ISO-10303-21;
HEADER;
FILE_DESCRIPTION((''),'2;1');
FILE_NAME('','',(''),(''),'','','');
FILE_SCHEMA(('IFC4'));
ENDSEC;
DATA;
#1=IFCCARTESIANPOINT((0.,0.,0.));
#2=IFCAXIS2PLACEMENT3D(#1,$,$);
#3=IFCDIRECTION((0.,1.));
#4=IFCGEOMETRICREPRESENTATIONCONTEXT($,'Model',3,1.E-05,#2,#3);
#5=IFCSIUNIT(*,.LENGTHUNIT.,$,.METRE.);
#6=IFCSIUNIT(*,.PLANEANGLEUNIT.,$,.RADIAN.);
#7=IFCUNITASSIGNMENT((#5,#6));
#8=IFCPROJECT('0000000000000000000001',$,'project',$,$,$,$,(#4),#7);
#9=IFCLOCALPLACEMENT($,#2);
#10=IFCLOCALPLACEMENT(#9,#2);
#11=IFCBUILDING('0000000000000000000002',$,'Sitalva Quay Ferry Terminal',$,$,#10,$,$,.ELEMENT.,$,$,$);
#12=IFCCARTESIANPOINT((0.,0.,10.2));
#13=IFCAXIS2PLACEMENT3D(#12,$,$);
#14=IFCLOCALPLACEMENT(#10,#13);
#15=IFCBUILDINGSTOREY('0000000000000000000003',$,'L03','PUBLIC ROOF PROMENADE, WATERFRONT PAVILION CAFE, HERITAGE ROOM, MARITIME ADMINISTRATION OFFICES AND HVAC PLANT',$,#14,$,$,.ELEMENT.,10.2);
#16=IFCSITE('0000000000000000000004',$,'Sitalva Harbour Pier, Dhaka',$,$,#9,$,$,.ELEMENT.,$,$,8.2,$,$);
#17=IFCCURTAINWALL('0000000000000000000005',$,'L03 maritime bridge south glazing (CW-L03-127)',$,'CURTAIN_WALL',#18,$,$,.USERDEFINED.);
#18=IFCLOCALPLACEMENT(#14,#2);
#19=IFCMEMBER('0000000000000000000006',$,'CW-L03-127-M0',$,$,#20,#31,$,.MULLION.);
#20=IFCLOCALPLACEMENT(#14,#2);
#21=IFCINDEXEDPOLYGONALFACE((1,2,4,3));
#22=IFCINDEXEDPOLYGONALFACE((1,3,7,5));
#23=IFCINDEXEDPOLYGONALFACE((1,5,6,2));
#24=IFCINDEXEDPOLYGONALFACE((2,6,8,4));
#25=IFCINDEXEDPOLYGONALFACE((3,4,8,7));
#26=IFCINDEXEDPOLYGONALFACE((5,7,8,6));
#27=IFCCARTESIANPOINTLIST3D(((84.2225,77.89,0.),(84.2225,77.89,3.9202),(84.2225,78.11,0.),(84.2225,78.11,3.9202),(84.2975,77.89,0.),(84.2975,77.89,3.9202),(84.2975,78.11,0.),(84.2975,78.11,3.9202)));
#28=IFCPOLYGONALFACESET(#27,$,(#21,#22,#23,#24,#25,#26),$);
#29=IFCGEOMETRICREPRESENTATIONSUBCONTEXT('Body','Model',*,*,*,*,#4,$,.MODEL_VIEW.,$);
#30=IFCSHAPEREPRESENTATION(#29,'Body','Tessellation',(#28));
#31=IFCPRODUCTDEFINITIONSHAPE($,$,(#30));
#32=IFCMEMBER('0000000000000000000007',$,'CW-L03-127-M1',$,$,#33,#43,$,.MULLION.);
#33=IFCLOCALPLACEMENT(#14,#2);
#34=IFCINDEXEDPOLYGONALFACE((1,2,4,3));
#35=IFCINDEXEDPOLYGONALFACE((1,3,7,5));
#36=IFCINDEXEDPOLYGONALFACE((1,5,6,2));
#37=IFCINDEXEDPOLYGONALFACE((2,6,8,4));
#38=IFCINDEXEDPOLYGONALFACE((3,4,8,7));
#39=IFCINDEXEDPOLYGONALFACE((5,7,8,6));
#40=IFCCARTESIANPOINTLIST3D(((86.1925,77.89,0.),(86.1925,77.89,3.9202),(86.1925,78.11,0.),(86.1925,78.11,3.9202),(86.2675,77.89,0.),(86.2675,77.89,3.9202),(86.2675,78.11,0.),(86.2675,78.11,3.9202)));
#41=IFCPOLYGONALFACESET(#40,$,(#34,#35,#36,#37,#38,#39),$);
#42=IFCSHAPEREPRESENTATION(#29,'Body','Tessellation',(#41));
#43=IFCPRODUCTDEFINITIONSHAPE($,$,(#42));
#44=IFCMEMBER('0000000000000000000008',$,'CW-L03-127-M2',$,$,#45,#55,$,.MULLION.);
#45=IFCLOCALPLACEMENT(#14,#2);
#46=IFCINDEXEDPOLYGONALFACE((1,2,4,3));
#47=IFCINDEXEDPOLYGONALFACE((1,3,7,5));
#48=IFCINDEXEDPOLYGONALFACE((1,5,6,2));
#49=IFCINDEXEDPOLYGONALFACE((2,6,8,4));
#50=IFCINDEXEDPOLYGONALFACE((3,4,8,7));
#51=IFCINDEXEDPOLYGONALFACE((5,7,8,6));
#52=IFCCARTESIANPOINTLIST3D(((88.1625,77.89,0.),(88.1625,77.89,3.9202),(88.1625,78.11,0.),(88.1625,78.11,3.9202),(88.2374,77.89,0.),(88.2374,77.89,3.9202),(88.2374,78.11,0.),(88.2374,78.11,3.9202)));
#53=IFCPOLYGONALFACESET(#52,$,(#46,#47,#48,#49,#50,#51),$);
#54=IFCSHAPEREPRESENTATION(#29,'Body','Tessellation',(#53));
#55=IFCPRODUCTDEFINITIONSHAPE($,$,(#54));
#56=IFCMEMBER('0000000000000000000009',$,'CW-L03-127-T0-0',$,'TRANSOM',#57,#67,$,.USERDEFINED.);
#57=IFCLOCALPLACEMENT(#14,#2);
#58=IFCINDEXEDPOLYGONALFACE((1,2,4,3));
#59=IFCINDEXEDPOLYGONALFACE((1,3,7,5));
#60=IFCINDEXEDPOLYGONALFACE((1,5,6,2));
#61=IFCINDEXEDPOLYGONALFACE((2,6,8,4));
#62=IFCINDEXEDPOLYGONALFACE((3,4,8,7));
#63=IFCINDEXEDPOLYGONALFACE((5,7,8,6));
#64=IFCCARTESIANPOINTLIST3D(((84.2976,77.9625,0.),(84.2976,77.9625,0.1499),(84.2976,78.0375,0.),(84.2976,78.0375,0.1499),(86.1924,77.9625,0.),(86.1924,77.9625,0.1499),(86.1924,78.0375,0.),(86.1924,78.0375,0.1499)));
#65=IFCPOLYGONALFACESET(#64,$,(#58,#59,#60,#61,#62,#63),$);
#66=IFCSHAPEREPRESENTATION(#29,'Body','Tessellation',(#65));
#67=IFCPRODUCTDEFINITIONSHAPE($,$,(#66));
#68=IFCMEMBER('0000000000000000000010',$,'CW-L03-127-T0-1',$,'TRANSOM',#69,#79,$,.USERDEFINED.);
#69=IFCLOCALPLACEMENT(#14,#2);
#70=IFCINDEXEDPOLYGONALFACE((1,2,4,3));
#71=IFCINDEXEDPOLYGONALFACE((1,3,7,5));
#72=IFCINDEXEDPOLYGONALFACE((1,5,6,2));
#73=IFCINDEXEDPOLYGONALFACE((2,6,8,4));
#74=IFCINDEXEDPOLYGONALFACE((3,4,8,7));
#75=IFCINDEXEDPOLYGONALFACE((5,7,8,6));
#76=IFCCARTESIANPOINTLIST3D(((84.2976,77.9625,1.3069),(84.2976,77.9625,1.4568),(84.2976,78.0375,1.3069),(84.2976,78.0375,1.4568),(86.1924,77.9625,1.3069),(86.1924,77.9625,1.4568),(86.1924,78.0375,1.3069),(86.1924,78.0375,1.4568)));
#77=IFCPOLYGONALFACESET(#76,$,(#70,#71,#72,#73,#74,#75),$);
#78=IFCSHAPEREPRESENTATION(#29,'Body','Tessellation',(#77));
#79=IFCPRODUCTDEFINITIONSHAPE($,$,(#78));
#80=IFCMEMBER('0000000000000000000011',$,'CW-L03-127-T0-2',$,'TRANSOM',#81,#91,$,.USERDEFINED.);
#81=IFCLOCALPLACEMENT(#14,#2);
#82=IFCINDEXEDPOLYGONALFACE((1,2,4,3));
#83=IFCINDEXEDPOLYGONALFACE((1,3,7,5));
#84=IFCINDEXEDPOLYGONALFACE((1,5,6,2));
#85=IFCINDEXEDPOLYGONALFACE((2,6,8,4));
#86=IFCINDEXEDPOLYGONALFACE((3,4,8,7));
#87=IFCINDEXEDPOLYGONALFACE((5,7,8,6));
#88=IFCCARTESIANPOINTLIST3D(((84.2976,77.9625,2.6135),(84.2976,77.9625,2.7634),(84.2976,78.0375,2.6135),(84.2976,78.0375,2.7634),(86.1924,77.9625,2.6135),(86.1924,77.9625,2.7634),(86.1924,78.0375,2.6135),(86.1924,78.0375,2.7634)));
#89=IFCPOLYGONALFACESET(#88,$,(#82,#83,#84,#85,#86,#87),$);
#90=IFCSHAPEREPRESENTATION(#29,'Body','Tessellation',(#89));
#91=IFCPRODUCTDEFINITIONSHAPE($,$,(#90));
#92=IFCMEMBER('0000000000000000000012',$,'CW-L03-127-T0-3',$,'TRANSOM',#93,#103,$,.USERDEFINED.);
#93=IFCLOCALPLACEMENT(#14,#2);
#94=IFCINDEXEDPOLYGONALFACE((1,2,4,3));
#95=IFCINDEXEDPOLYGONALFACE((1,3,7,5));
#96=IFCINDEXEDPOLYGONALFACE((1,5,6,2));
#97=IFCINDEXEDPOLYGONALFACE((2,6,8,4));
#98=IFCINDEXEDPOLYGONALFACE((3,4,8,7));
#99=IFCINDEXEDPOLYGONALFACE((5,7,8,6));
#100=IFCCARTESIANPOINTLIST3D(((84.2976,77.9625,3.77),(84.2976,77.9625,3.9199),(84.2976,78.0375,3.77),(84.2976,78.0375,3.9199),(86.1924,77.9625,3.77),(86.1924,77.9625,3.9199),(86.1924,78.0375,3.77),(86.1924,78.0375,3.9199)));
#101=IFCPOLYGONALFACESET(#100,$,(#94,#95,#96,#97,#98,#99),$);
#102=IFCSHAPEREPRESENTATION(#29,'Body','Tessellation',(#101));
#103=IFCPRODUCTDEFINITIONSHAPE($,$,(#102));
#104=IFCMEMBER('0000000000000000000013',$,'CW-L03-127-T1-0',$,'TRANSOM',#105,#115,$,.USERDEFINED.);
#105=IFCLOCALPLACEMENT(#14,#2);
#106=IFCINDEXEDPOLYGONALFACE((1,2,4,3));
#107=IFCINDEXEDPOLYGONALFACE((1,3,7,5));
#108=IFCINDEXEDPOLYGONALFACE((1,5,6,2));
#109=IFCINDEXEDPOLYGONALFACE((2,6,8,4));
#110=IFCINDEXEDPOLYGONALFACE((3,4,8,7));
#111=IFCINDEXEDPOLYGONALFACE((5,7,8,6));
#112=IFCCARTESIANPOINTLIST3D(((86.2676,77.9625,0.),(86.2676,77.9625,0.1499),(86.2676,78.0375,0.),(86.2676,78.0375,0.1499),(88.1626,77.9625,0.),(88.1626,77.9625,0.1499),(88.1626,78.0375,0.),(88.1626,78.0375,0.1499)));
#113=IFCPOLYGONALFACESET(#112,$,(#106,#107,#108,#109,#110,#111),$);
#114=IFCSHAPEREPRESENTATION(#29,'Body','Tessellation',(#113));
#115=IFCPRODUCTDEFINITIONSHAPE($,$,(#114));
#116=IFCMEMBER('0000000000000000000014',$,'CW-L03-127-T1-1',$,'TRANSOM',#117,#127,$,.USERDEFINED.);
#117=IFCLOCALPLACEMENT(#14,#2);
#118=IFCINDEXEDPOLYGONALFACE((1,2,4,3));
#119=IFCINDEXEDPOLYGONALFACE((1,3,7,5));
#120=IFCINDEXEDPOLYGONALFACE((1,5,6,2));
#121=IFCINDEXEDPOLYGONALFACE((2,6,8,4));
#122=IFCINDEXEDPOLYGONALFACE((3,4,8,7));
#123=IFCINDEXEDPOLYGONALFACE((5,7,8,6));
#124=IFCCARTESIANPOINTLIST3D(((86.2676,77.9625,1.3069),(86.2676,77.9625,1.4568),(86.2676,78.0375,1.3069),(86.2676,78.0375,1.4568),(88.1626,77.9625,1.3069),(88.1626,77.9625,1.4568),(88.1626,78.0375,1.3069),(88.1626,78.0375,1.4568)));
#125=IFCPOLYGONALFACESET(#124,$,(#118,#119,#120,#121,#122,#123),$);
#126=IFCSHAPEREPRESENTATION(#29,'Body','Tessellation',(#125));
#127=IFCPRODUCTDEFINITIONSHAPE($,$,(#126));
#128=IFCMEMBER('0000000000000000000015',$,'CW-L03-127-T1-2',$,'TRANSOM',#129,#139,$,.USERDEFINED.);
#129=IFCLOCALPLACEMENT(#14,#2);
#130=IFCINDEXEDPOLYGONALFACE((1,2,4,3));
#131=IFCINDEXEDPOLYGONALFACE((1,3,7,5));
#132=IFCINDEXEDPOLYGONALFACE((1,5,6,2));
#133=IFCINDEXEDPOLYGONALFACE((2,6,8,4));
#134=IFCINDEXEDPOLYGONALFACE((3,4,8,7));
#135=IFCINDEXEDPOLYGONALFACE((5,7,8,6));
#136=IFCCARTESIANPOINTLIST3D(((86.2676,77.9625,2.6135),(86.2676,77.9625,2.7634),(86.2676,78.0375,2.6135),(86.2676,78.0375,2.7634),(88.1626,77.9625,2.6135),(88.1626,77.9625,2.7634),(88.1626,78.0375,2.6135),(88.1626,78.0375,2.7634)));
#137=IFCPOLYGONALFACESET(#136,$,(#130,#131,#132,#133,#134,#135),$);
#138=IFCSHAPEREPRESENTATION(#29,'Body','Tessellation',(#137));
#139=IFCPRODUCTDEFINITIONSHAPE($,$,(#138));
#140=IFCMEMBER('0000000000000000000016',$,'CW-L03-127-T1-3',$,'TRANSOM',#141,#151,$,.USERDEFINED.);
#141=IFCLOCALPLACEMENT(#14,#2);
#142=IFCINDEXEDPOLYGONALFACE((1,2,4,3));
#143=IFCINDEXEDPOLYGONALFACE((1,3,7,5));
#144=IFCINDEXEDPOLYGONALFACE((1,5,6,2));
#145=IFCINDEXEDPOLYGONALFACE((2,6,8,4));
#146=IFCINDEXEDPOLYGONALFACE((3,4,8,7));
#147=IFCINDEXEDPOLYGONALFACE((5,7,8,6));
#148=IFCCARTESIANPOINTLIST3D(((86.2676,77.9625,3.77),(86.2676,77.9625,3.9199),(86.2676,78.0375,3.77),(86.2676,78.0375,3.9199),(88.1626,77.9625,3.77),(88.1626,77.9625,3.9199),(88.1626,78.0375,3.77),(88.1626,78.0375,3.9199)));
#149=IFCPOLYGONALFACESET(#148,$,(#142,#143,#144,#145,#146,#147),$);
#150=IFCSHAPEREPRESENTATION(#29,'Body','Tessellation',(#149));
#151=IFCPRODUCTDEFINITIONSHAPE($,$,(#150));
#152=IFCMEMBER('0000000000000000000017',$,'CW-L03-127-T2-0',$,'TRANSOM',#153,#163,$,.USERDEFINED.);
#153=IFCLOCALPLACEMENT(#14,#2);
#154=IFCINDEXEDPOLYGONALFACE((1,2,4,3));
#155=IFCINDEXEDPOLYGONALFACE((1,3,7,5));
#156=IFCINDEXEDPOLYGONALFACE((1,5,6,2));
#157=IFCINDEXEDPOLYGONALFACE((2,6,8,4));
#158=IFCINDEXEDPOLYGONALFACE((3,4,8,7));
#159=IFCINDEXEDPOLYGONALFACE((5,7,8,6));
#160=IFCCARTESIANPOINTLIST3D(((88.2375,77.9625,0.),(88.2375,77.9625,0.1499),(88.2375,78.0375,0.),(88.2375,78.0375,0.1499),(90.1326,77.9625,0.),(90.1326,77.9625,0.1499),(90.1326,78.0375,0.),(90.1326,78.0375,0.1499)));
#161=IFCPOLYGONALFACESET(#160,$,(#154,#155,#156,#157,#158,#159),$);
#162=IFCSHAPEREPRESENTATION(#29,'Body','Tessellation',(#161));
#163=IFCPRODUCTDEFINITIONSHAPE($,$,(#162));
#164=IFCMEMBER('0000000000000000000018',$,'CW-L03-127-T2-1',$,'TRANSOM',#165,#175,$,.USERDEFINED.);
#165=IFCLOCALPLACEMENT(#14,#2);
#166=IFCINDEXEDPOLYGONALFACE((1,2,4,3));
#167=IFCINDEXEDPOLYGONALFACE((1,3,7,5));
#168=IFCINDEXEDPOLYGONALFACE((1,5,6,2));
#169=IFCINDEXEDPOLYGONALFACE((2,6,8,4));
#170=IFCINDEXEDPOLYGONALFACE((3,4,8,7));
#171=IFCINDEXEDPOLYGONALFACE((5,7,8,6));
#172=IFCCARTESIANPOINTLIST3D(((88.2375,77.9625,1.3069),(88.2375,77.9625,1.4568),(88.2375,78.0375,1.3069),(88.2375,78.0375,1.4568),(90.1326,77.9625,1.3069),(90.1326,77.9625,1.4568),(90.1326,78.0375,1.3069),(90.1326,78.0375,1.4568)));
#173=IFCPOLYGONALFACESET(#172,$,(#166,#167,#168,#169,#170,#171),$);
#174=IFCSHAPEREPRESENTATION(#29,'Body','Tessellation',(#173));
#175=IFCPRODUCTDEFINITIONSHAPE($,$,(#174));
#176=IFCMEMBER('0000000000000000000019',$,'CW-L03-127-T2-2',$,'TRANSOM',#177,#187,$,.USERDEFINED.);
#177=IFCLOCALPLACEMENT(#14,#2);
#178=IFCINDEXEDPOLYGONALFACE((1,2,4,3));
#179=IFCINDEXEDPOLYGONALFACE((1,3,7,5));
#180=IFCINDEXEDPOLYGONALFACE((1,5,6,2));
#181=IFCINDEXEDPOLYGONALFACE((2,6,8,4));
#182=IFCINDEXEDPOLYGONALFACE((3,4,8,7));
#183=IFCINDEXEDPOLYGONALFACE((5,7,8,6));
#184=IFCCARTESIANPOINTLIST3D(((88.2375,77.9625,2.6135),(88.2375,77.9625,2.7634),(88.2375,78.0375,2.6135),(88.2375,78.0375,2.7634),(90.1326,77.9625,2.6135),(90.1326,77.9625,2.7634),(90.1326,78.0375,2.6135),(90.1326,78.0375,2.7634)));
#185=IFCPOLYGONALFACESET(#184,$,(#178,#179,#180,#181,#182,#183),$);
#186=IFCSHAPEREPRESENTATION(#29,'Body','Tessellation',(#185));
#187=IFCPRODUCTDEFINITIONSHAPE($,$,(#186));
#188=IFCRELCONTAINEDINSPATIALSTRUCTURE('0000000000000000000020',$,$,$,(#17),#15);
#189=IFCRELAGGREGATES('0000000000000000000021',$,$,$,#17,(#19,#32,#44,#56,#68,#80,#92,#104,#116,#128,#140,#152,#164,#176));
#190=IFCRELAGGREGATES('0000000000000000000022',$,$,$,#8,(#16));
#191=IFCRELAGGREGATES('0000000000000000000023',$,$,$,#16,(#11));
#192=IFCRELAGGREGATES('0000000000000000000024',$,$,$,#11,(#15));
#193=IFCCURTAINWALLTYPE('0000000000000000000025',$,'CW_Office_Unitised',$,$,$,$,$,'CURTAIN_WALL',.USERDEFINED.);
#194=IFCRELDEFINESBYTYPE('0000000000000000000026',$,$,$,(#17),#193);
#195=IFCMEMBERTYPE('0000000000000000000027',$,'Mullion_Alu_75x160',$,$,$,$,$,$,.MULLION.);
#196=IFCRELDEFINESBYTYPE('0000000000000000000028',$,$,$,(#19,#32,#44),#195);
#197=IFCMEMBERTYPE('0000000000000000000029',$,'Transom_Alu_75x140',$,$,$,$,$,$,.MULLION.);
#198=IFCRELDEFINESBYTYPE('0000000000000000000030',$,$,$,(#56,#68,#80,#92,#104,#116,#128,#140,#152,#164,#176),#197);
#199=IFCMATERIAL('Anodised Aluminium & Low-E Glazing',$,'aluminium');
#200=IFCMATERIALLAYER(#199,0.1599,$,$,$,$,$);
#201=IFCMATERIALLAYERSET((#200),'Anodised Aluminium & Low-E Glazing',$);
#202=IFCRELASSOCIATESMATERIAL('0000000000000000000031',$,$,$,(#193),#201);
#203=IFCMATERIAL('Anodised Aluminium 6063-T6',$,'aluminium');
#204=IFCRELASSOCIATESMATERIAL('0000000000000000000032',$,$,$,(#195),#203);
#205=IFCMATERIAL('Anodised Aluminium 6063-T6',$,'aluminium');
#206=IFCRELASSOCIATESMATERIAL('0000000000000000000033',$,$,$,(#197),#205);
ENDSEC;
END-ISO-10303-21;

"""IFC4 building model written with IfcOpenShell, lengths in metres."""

from ifc_helpers import new_model, si_unit, direction, frame, origin, origin_2d, place, context, subcontext, project, spatial, rectangle, extrude, material, layer, layer_set, material_profile, profile_set, type_object, element, aggregate, save


model = new_model("IFC4")

# Units and contexts
model_context = context("Model", 3, precision=1e-05, world=origin(), true_north=direction((0.0, 1.0)))
body_context = subcontext(model_context, "Body", "Model", "MODEL_VIEW")
ifc_project = project(units=[si_unit("LENGTHUNIT", "METRE"), si_unit("PLANEANGLEUNIT", "RADIAN")], contexts=[model_context])

# Site, building, storey
site_placement = place(None, origin())
site = spatial("IfcSite", under=ifc_project, at=site_placement, Name="Sitalva Harbour Pier, Dhaka", CompositionType="ELEMENT", RefElevation=8.2)
building_placement = place(site_placement, origin())
building = spatial("IfcBuilding", under=site, at=building_placement, Name="Sitalva Quay Ferry Terminal", CompositionType="ELEMENT")
storey_placement = place(building_placement, frame((0.0, 0.0, 10.2)))
storey = spatial("IfcBuildingStorey", under=building, at=storey_placement, Name="L03", Description="PUBLIC ROOF PROMENADE, WATERFRONT PAVILION CAFE, HERITAGE ROOM, MARITIME ADMINISTRATION OFFICES AND HVAC PLANT", CompositionType="ELEMENT", Elevation=10.2)

# Curtain wall, members
ifc_material_1 = material(Name="Anodised Aluminium & Low-E Glazing", Category="aluminium")
ifc_layer_1 = layer(ifc_material_1, 0.1599)
ifc_layer_set_1 = layer_set([ifc_layer_1], Name="Anodised Aluminium & Low-E Glazing")
curtain_wall_type = type_object("IfcCurtainWallType", Name="CW_Office_Unitised", ElementType="CURTAIN_WALL", PredefinedType="USERDEFINED", material=ifc_layer_set_1)
curtain_wall_placement = place(storey_placement, origin())
curtain_wall = element("IfcCurtainWall", 1, at=curtain_wall_placement, inside=storey, type_object=curtain_wall_type, Name="L03 maritime bridge south glazing (CW-L03-127)", ObjectType="CURTAIN_WALL", PredefinedType="USERDEFINED")
ifc_material_2 = material(Name="Anodised Aluminium 6063-T6", Category="aluminium")
ifc_material_profile_1 = material_profile(ifc_material_2, rectangle(XDim=0.075, YDim=0.22, at=origin_2d()), Name="ALU75x220")
ifc_profile_set_1 = profile_set([ifc_material_profile_1], Name="Anodised Aluminium 6063-T6")
member_type_1 = type_object("IfcMemberType", Name="Mullion_Alu_75x160", PredefinedType="MULLION", material=ifc_profile_set_1)
member_1_placement = place(storey_placement, frame((84.26, 78.0, 0.0), z_axis=(0.0, 0.0, 1.0), x_axis=(1.0, 0.0, 0.0)))
member_1 = element("IfcMember", 2, at=member_1_placement, type_object=member_type_1, Name="CW-L03-127-M0", PredefinedType="MULLION", context=body_context, shape_type="SweptSolid", body=[
    extrude(rectangle(XDim=0.075, YDim=0.22, at=origin_2d()), origin(), (0.0, 0.0, 1.0), 3.9202),
])
member_2_placement = place(storey_placement, frame((86.23, 78.0, 0.0), z_axis=(0.0, 0.0, 1.0), x_axis=(1.0, 0.0, 0.0)))
member_2 = element("IfcMember", 3, at=member_2_placement, type_object=member_type_1, Name="CW-L03-127-M1", PredefinedType="MULLION", context=body_context, shape_type="SweptSolid", body=[
    extrude(rectangle(XDim=0.075, YDim=0.22, at=origin_2d()), origin(), (0.0, 0.0, 1.0), 3.9202),
])
member_3_placement = place(storey_placement, frame((88.2, 78.0, 0.0), z_axis=(0.0, 0.0, 1.0), x_axis=(1.0, 0.0, 0.0)))
member_3 = element("IfcMember", 4, at=member_3_placement, type_object=member_type_1, Name="CW-L03-127-M2", PredefinedType="MULLION", context=body_context, shape_type="SweptSolid", body=[
    extrude(rectangle(XDim=0.075, YDim=0.22, at=origin_2d()), origin(), (0.0, 0.0, 1.0), 3.9202),
])
ifc_material_3 = material(Name="Anodised Aluminium 6063-T6", Category="aluminium")
ifc_material_profile_2 = material_profile(ifc_material_3, rectangle(XDim=0.075, YDim=0.1499, at=origin_2d()), Name="ALU75x150")
ifc_profile_set_2 = profile_set([ifc_material_profile_2], Name="Anodised Aluminium 6063-T6")
member_type_2 = type_object("IfcMemberType", Name="Transom_Alu_75x140", PredefinedType="MULLION", material=ifc_profile_set_2)
member_4_placement = place(storey_placement, frame((84.2976, 78.0, 0.075), z_axis=(1.0, 0.0, 0.0), x_axis=(0.0, 1.0, 0.0)))
member_4 = element("IfcMember", 5, at=member_4_placement, type_object=member_type_2, Name="CW-L03-127-T0-0", ObjectType="TRANSOM", PredefinedType="USERDEFINED", context=body_context, shape_type="SweptSolid", body=[
    extrude(rectangle(XDim=0.075, YDim=0.1499, at=origin_2d()), origin(), (0.0, 0.0, 1.0), 1.8948),
])
member_5_placement = place(storey_placement, frame((84.2976, 78.0, 1.3818), z_axis=(1.0, 0.0, 0.0), x_axis=(0.0, 1.0, 0.0)))
member_5 = element("IfcMember", 6, at=member_5_placement, type_object=member_type_2, Name="CW-L03-127-T0-1", ObjectType="TRANSOM", PredefinedType="USERDEFINED", context=body_context, shape_type="SweptSolid", body=[
    extrude(rectangle(XDim=0.075, YDim=0.1499, at=origin_2d()), origin(), (0.0, 0.0, 1.0), 1.8948),
])
member_6_placement = place(storey_placement, frame((84.2976, 78.0, 2.6885), z_axis=(1.0, 0.0, 0.0), x_axis=(0.0, 1.0, 0.0)))
member_6 = element("IfcMember", 7, at=member_6_placement, type_object=member_type_2, Name="CW-L03-127-T0-2", ObjectType="TRANSOM", PredefinedType="USERDEFINED", context=body_context, shape_type="SweptSolid", body=[
    extrude(rectangle(XDim=0.075, YDim=0.1499, at=origin_2d()), origin(), (0.0, 0.0, 1.0), 1.8948),
])
member_7_placement = place(storey_placement, frame((84.2976, 78.0, 3.845), z_axis=(1.0, 0.0, 0.0), x_axis=(0.0, 1.0, 0.0)))
member_7 = element("IfcMember", 8, at=member_7_placement, type_object=member_type_2, Name="CW-L03-127-T0-3", ObjectType="TRANSOM", PredefinedType="USERDEFINED", context=body_context, shape_type="SweptSolid", body=[
    extrude(rectangle(XDim=0.075, YDim=0.1499, at=origin_2d()), origin(), (0.0, 0.0, 1.0), 1.8948),
])
member_8_placement = place(storey_placement, frame((86.2676, 78.0, 0.075), z_axis=(1.0, 0.0, 0.0), x_axis=(0.0, 1.0, 0.0)))
member_8 = element("IfcMember", 9, at=member_8_placement, type_object=member_type_2, Name="CW-L03-127-T1-0", ObjectType="TRANSOM", PredefinedType="USERDEFINED", context=body_context, shape_type="SweptSolid", body=[
    extrude(rectangle(XDim=0.075, YDim=0.1499, at=origin_2d()), origin(), (0.0, 0.0, 1.0), 1.895),
])
member_9_placement = place(storey_placement, frame((86.2676, 78.0, 1.3818), z_axis=(1.0, 0.0, 0.0), x_axis=(0.0, 1.0, 0.0)))
member_9 = element("IfcMember", 10, at=member_9_placement, type_object=member_type_2, Name="CW-L03-127-T1-1", ObjectType="TRANSOM", PredefinedType="USERDEFINED", context=body_context, shape_type="SweptSolid", body=[
    extrude(rectangle(XDim=0.075, YDim=0.1499, at=origin_2d()), origin(), (0.0, 0.0, 1.0), 1.895),
])
member_10_placement = place(storey_placement, frame((86.2676, 78.0, 2.6885), z_axis=(1.0, 0.0, 0.0), x_axis=(0.0, 1.0, 0.0)))
member_10 = element("IfcMember", 11, at=member_10_placement, type_object=member_type_2, Name="CW-L03-127-T1-2", ObjectType="TRANSOM", PredefinedType="USERDEFINED", context=body_context, shape_type="SweptSolid", body=[
    extrude(rectangle(XDim=0.075, YDim=0.1499, at=origin_2d()), origin(), (0.0, 0.0, 1.0), 1.895),
])
member_11_placement = place(storey_placement, frame((86.2676, 78.0, 3.845), z_axis=(1.0, 0.0, 0.0), x_axis=(0.0, 1.0, 0.0)))
member_11 = element("IfcMember", 12, at=member_11_placement, type_object=member_type_2, Name="CW-L03-127-T1-3", ObjectType="TRANSOM", PredefinedType="USERDEFINED", context=body_context, shape_type="SweptSolid", body=[
    extrude(rectangle(XDim=0.075, YDim=0.1499, at=origin_2d()), origin(), (0.0, 0.0, 1.0), 1.895),
])
member_12_placement = place(storey_placement, frame((88.2375, 78.0, 0.075), z_axis=(1.0, 0.0, 0.0), x_axis=(0.0, 1.0, 0.0)))
member_12 = element("IfcMember", 13, at=member_12_placement, type_object=member_type_2, Name="CW-L03-127-T2-0", ObjectType="TRANSOM", PredefinedType="USERDEFINED", context=body_context, shape_type="SweptSolid", body=[
    extrude(rectangle(XDim=0.075, YDim=0.1499, at=origin_2d()), origin(), (0.0, 0.0, 1.0), 1.895),
])
member_13_placement = place(storey_placement, frame((88.2375, 78.0, 1.3818), z_axis=(1.0, 0.0, 0.0), x_axis=(0.0, 1.0, 0.0)))
member_13 = element("IfcMember", 14, at=member_13_placement, type_object=member_type_2, Name="CW-L03-127-T2-1", ObjectType="TRANSOM", PredefinedType="USERDEFINED", context=body_context, shape_type="SweptSolid", body=[
    extrude(rectangle(XDim=0.075, YDim=0.1499, at=origin_2d()), origin(), (0.0, 0.0, 1.0), 1.895),
])
member_14_placement = place(storey_placement, frame((88.2375, 78.0, 2.6885), z_axis=(1.0, 0.0, 0.0), x_axis=(0.0, 1.0, 0.0)))
member_14 = element("IfcMember", 15, at=member_14_placement, type_object=member_type_2, Name="CW-L03-127-T2-2", ObjectType="TRANSOM", PredefinedType="USERDEFINED", context=body_context, shape_type="SweptSolid", body=[
    extrude(rectangle(XDim=0.075, YDim=0.1499, at=origin_2d()), origin(), (0.0, 0.0, 1.0), 1.895),
])
aggregate(curtain_wall, [member_1, member_2, member_3, member_4, member_5, member_6, member_7, member_8, member_9, member_10, member_11, member_12, member_13, member_14])

save(model, "model.ifc")
